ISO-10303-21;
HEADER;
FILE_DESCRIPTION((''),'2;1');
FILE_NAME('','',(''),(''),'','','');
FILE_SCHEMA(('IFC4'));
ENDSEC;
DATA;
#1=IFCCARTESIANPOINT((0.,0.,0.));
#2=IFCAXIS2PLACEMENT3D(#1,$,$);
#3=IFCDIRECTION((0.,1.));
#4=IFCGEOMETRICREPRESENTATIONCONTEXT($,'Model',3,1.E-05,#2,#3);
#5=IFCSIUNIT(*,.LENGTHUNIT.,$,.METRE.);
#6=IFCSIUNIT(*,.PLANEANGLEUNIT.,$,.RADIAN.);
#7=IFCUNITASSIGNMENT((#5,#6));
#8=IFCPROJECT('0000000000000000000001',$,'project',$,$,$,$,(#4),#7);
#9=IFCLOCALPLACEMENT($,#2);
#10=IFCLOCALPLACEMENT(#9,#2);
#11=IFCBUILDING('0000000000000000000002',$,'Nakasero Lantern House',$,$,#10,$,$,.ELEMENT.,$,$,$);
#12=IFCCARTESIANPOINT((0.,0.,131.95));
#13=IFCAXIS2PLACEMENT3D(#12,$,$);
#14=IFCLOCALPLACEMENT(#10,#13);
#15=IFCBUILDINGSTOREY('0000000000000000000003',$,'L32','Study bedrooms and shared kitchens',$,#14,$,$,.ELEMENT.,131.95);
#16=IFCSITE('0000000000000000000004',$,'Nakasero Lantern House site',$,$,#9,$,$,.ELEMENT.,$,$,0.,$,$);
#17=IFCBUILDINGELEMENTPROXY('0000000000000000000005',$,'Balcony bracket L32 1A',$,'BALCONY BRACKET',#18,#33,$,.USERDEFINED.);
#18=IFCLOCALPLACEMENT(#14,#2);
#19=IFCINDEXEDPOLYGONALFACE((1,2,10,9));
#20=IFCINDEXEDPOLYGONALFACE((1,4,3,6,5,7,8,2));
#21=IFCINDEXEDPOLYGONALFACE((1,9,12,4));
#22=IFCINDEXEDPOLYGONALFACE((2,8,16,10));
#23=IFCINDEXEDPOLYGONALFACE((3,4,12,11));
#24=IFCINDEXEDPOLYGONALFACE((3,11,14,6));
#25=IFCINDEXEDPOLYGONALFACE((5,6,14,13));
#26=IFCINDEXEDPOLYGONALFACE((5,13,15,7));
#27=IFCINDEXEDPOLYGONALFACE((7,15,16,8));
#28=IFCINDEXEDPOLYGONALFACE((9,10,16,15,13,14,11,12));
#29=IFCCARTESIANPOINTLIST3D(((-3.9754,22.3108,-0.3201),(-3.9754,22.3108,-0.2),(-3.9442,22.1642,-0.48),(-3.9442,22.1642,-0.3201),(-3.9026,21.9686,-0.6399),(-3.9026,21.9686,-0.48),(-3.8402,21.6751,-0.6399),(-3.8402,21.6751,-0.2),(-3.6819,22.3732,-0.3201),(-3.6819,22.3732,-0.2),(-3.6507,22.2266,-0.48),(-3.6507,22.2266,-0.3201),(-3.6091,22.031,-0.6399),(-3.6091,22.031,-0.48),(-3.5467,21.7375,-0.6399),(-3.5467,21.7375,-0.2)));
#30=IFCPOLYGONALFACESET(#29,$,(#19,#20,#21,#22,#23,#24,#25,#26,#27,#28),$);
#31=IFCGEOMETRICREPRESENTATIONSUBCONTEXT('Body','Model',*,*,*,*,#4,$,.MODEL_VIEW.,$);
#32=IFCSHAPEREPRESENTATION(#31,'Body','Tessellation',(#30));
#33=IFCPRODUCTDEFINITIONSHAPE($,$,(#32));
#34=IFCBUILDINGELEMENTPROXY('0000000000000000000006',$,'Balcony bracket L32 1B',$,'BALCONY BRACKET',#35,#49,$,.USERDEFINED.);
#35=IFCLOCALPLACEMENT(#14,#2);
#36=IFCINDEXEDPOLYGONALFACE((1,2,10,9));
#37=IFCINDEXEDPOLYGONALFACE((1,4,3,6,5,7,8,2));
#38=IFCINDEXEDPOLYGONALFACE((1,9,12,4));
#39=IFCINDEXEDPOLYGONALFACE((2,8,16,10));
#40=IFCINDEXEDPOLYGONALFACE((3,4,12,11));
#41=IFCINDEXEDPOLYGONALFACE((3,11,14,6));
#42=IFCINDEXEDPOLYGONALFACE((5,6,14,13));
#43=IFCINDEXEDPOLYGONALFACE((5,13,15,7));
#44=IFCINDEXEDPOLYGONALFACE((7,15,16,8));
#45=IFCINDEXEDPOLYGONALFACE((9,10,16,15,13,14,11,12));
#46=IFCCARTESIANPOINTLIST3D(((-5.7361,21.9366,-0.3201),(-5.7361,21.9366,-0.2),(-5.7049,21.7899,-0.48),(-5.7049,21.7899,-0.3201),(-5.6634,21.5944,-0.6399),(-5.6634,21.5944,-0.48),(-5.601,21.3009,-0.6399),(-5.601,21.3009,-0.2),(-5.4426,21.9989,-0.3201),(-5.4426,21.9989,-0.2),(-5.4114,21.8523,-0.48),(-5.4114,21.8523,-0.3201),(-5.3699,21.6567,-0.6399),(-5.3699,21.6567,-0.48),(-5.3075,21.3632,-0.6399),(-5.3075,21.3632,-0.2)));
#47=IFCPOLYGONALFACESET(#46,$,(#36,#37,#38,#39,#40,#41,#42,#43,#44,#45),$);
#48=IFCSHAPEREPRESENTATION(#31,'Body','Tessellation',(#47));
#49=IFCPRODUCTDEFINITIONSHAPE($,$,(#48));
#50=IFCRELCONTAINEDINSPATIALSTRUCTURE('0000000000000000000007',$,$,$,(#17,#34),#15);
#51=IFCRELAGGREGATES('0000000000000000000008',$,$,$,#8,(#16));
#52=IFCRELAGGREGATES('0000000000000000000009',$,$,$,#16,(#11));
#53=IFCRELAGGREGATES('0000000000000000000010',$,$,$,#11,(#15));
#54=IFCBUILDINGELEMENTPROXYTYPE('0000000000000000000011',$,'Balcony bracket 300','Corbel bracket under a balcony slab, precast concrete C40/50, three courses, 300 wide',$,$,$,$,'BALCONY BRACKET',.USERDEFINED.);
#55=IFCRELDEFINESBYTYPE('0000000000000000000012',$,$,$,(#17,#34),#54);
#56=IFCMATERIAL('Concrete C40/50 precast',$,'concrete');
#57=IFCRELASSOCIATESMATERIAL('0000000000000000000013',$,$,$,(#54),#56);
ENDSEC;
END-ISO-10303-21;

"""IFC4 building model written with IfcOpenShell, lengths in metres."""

from ifc_helpers import new_model, si_unit, direction, frame, origin, place, context, subcontext, project, spatial, polyline, outline, extrude, material, type_object, element, save


model = new_model("IFC4")

# Units and contexts
model_context = context("Model", 3, precision=1e-05, world=origin(), true_north=direction((0.0, 1.0)))
body_context = subcontext(model_context, "Body", "Model", "MODEL_VIEW")
ifc_project = project(units=[si_unit("LENGTHUNIT", "METRE"), si_unit("PLANEANGLEUNIT", "RADIAN")], contexts=[model_context])

# Site, building, storey
site_placement = place(None, origin())
site = spatial("IfcSite", under=ifc_project, at=site_placement, Name="Nakasero Lantern House site", CompositionType="ELEMENT", RefElevation=0.0)
building_placement = place(site_placement, origin())
building = spatial("IfcBuilding", under=site, at=building_placement, Name="Nakasero Lantern House", CompositionType="ELEMENT")
storey_placement = place(building_placement, frame((0.0, 0.0, 131.95)))
storey = spatial("IfcBuildingStorey", under=building, at=storey_placement, Name="L32", Description="Study bedrooms and shared kitchens", CompositionType="ELEMENT", Elevation=131.95)

# Building element proxies
ifc_material_1 = material(Name="Concrete C40/50 precast", Category="concrete")
building_element_proxy_type = type_object("IfcBuildingElementProxyType", Name="Balcony bracket 300", Description="Corbel bracket under a balcony slab, precast concrete C40/50, three courses, 300 wide", ElementType="BALCONY BRACKET", PredefinedType="USERDEFINED", material=ifc_material_1)
for number, where, z_axis, x_axis, name in (
    (1, (-3.6936, 21.7063, -0.2), (0.0, 0.0, 1.0), (-0.207912, 0.978148, 0.0), "Balcony bracket L32 1A"),
    (2, (-5.4543, 21.332, -0.2), (0.0, 0.0, 1.0), (-0.207912, 0.978148, 0.0), "Balcony bracket L32 1B"),
):
    element("IfcBuildingElementProxy", number, at=place(storey_placement, frame(where, z_axis=z_axis, x_axis=x_axis)), inside=storey, type_object=building_element_proxy_type, Name=name, ObjectType="BALCONY BRACKET", PredefinedType="USERDEFINED", context=body_context, shape_type="SweptSolid", body=[
        extrude(outline(polyline([(0.0, 0.0), (0.6499, 0.0), (0.6499, -0.1201), (0.5, -0.1201), (0.5, -0.28), (0.3, -0.28), (0.3, -0.4399), (0.0, -0.4399), (0.0, 0.0)])), frame((0.0, 0.1499, 0.0), z_axis=(0.0, -1.0, 0.0), x_axis=(1.0, 0.0, 0.0)), (0.0, 0.0, 1.0), 0.3),
    ])

save(model, "model.ifc")
